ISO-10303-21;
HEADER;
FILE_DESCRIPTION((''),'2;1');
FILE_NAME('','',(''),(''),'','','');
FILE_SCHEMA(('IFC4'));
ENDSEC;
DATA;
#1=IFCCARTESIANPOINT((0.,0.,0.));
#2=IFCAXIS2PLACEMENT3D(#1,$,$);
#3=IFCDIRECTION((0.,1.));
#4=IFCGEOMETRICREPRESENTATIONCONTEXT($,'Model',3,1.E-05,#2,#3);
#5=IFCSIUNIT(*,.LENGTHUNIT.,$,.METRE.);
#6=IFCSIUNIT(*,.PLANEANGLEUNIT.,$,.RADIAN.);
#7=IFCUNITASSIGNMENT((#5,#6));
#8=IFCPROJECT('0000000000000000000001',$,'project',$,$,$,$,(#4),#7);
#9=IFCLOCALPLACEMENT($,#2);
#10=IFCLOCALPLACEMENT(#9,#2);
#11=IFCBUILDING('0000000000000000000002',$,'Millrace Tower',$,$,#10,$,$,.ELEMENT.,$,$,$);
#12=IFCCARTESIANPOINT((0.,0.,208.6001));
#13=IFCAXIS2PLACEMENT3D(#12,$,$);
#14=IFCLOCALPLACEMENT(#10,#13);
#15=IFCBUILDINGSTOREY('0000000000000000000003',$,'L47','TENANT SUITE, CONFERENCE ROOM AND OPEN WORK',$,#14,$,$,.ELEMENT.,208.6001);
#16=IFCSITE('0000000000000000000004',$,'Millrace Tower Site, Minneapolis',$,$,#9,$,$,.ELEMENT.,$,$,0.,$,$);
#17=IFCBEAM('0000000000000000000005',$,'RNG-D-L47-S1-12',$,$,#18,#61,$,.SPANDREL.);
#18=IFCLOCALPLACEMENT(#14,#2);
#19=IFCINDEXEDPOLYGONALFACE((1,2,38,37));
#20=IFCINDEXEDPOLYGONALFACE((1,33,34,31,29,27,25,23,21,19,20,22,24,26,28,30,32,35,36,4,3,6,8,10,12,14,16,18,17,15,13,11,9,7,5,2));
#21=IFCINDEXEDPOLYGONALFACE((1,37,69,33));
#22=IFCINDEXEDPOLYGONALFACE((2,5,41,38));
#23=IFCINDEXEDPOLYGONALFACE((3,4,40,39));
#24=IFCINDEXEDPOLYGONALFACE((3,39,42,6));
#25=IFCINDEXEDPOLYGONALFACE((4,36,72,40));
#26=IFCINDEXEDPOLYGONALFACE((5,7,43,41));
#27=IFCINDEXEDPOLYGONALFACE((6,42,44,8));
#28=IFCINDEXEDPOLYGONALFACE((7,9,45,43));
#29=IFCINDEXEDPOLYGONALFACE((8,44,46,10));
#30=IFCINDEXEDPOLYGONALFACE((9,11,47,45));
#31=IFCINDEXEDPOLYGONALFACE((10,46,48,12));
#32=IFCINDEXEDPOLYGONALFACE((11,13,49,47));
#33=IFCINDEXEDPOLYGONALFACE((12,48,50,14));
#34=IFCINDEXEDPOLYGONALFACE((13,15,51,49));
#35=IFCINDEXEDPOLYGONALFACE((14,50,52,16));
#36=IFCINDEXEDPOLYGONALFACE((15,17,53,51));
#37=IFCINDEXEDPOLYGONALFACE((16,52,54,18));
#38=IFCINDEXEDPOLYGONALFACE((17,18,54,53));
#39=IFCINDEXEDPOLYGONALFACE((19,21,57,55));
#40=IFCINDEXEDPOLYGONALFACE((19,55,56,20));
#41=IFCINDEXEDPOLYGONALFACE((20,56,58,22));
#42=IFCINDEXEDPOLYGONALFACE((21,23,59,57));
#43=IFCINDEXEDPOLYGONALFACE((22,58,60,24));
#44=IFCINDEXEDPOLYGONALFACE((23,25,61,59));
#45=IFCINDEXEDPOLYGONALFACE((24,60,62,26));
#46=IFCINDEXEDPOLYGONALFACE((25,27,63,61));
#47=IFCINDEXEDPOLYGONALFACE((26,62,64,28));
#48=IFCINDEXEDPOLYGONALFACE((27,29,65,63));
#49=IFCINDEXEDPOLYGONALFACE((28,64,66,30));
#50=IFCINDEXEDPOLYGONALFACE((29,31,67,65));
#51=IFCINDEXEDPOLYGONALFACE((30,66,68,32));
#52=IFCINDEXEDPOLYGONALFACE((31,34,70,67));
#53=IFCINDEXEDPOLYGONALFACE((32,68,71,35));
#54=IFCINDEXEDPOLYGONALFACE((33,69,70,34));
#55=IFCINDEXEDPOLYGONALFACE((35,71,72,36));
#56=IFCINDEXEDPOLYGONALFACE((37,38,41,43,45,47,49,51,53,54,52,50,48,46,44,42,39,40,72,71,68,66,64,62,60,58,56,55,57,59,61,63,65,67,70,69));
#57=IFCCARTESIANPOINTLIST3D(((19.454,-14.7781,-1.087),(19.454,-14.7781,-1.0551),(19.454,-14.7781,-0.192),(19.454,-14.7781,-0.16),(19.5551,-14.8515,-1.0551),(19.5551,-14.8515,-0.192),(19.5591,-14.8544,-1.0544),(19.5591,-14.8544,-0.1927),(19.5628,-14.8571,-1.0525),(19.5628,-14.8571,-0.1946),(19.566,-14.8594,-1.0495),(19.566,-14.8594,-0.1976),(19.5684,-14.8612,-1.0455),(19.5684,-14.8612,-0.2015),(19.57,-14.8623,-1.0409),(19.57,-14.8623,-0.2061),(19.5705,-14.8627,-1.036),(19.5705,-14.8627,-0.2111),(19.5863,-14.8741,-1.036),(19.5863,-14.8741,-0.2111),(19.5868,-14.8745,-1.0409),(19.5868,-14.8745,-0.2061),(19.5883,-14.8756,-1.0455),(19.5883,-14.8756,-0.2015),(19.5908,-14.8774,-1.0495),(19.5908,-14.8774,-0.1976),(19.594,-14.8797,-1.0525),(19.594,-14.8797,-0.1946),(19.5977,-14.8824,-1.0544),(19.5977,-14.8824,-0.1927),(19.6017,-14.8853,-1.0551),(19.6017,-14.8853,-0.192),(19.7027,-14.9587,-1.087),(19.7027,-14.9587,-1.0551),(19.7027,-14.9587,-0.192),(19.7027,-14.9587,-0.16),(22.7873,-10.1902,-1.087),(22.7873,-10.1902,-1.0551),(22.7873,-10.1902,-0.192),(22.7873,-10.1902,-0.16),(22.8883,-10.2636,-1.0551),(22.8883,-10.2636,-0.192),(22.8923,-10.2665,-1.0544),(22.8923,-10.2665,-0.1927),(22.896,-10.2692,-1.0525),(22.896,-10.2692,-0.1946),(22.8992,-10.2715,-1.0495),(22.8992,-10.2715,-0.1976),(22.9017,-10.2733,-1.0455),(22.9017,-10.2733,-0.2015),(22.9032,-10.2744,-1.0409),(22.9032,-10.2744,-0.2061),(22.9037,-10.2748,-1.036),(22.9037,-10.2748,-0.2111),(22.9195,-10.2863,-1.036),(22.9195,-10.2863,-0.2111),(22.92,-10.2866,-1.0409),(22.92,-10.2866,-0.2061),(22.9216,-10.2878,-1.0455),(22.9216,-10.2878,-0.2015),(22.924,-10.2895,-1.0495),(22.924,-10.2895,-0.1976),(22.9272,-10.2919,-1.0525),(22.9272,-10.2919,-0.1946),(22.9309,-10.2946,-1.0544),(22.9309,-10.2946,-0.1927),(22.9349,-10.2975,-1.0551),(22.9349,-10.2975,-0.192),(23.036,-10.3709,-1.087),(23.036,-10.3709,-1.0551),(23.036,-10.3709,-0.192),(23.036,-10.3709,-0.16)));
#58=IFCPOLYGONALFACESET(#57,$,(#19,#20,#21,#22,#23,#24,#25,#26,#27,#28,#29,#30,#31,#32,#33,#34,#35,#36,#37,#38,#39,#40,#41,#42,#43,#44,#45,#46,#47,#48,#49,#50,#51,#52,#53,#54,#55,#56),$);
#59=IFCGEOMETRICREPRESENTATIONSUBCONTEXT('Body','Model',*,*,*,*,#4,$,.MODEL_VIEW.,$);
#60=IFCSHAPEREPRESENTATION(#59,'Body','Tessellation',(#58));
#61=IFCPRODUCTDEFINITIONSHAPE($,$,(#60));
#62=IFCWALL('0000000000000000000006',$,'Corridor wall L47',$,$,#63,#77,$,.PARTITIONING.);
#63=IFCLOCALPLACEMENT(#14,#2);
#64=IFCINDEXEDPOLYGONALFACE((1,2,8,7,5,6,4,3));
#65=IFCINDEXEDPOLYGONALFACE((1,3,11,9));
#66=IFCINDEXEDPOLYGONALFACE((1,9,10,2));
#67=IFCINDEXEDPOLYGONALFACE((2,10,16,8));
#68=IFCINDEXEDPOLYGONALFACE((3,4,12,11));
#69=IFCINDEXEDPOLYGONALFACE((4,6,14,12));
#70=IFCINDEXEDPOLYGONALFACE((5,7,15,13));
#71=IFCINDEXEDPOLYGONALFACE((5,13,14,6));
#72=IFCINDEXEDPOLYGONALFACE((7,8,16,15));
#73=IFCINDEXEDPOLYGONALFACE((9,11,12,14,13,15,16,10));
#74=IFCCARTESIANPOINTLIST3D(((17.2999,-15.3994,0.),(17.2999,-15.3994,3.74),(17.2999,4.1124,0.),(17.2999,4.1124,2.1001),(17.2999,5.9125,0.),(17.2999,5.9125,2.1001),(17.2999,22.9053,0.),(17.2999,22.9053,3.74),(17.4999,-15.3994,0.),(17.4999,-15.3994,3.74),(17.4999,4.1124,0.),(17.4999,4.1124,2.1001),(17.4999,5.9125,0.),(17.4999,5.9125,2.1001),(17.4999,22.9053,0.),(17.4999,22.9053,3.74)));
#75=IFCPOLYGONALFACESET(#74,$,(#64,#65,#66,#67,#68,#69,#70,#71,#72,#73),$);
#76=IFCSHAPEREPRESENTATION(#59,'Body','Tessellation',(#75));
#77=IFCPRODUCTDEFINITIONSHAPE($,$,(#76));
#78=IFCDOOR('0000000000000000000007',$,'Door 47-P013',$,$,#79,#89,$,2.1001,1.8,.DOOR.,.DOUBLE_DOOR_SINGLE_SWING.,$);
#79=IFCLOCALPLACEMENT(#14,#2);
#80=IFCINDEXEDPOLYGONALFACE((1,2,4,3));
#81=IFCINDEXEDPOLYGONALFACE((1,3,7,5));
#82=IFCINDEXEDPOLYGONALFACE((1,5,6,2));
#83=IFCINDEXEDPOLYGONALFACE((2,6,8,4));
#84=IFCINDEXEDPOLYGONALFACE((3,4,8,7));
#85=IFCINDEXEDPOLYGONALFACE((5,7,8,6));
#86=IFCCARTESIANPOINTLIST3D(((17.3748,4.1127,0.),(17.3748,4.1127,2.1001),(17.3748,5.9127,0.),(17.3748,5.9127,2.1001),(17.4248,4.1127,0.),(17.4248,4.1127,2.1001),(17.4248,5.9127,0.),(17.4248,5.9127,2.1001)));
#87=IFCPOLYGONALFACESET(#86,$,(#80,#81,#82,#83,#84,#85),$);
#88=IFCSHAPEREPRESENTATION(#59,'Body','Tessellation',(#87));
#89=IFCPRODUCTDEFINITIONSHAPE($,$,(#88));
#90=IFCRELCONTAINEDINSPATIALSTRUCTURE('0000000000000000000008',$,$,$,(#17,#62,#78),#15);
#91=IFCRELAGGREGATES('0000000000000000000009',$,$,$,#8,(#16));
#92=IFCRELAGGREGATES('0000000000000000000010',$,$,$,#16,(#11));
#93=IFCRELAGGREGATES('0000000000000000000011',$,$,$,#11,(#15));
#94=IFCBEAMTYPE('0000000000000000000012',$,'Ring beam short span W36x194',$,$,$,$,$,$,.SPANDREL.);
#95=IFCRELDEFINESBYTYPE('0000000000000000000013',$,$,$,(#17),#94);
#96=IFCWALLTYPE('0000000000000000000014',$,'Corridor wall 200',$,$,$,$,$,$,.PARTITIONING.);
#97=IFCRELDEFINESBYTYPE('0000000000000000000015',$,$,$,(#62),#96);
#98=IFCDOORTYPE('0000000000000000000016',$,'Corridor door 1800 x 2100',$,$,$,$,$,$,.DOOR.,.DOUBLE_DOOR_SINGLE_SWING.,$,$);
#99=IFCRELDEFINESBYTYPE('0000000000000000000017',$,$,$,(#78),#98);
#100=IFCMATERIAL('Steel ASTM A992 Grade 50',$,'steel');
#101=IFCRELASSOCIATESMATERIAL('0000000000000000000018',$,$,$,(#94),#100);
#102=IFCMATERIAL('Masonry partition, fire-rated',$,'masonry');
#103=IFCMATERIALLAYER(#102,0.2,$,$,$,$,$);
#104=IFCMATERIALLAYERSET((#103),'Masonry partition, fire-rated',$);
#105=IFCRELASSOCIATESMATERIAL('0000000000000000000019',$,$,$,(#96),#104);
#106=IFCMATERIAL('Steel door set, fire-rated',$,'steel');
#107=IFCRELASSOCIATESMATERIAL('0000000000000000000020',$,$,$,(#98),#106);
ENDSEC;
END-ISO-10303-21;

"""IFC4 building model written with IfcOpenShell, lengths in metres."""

from ifc_helpers import new_model, si_unit, direction, frame, frame_2d, origin, origin_2d, place, context, subcontext, project, spatial, rectangle, i_section, extrude, material, layer, layer_set, material_profile, profile_set, type_object, element, fill, save


model = new_model("IFC4")

# Units and contexts
model_context = context("Model", 3, precision=1e-05, world=origin(), true_north=direction((0.0, 1.0)))
body_context = subcontext(model_context, "Body", "Model", "MODEL_VIEW")
ifc_project = project(units=[si_unit("LENGTHUNIT", "METRE"), si_unit("PLANEANGLEUNIT", "RADIAN")], contexts=[model_context])

# Site, building, storey
site_placement = place(None, origin())
site = spatial("IfcSite", under=ifc_project, at=site_placement, Name="Millrace Tower Site, Minneapolis", CompositionType="ELEMENT", RefElevation=0.0)
building_placement = place(site_placement, origin())
building = spatial("IfcBuilding", under=site, at=building_placement, Name="Millrace Tower", CompositionType="ELEMENT")
storey_placement = place(building_placement, frame((0.0, 0.0, 208.6001)))
storey = spatial("IfcBuildingStorey", under=building, at=storey_placement, Name="L47", Description="TENANT SUITE, CONFERENCE ROOM AND OPEN WORK", CompositionType="ELEMENT", Elevation=208.6001)

# Beam
ifc_material_1 = material(Name="Steel ASTM A992 Grade 50", Category="steel")
ifc_material_profile_1 = material_profile(ifc_material_1, i_section(OverallWidth=0.3074, OverallDepth=0.927, WebThickness=0.0195, FlangeThickness=0.032, FilletRadius=0.019, at=origin_2d()))
ifc_profile_set_1 = profile_set([ifc_material_profile_1], Name="Steel ASTM A992 Grade 50")
beam_type_1 = type_object("IfcBeamType", Name="Ring beam short span W36x194", PredefinedType="SPANDREL", material=ifc_profile_set_1)
beam_1_placement = place(storey_placement, frame((22.9116, -10.2805, -0.6235), z_axis=(-0.58778, -0.809021, 0.0), x_axis=(0.809021, -0.58778, 0.0)))
element("IfcBeam", 1, at=beam_1_placement, inside=storey, type_object=beam_type_1, Name="RNG-D-L47-S1-12", PredefinedType="SPANDREL", context=body_context, shape_type="SweptSolid", body=[
    extrude(i_section(OverallWidth=0.3074, OverallDepth=0.927, WebThickness=0.0195, FlangeThickness=0.032, FilletRadius=0.019, at=origin_2d()), origin(), (0.0, 0.0, 1.0), 5.6709),
])

# Wall, opening, door
ifc_material_2 = material(Name="Masonry partition, fire-rated", Category="masonry")
ifc_layer_1 = layer(ifc_material_2, 0.2)
ifc_layer_set_1 = layer_set([ifc_layer_1], Name="Masonry partition, fire-rated")
wall_type = type_object("IfcWallType", Name="Corridor wall 200", PredefinedType="PARTITIONING", material=ifc_layer_set_1)
wall_placement = place(storey_placement, frame((17.3999, -15.3994, 0.0), z_axis=(0.0, 0.0, 1.0), x_axis=(0.0, 1.0, 0.0)))
wall = element("IfcWall", 2, at=wall_placement, inside=storey, type_object=wall_type, Name="Corridor wall L47", PredefinedType="PARTITIONING", context=body_context, shape_type="SweptSolid", body=[
    extrude(rectangle(XDim=38.3047, YDim=0.2, at=frame_2d((19.1523, 0.0))), origin(), (0.0, 0.0, 1.0), 3.74),
])
opening_placement = place(wall_placement, frame((19.512, 0.0, 0.0)))
opening = element("IfcOpeningElement", 3, at=opening_placement, cuts=wall, PredefinedType="OPENING", context=body_context, shape_type="SweptSolid", body=[
    extrude(rectangle(XDim=1.8, YDim=2.1001, at=frame_2d((0.8999, 1.05))), frame((0.0, 0.1099, 0.0), z_axis=(0.0, -1.0, 0.0), x_axis=(1.0, 0.0, 0.0)), (0.0, 0.0, 1.0), 0.22),
])
ifc_material_3 = material(Name="Steel door set, fire-rated", Category="steel")
door_type = type_object("IfcDoorType", Name="Corridor door 1800 x 2100", OperationType="DOUBLE_DOOR_SINGLE_SWING", PredefinedType="DOOR", material=ifc_material_3)
door_placement = place(opening_placement, frame((1.8, 0.0, 0.0), z_axis=(0.0, 0.0, 1.0), x_axis=(-1.0, 0.0, 0.0)))
door = element("IfcDoor", 4, at=door_placement, inside=storey, type_object=door_type, Name="Door 47-P013", OperationType="DOUBLE_DOOR_SINGLE_SWING", OverallHeight=2.1001, OverallWidth=1.8, PredefinedType="DOOR", context=body_context, shape_type="SweptSolid", body=[
    extrude(rectangle(XDim=1.8, YDim=2.1001, at=frame_2d((0.8999, 1.05))), frame((0.0, 0.0249, 0.0), z_axis=(0.0, -1.0, 0.0), x_axis=(1.0, 0.0, 0.0)), (0.0, 0.0, 1.0), 0.05),
])
fill(opening, door)

save(model, "model.ifc")
